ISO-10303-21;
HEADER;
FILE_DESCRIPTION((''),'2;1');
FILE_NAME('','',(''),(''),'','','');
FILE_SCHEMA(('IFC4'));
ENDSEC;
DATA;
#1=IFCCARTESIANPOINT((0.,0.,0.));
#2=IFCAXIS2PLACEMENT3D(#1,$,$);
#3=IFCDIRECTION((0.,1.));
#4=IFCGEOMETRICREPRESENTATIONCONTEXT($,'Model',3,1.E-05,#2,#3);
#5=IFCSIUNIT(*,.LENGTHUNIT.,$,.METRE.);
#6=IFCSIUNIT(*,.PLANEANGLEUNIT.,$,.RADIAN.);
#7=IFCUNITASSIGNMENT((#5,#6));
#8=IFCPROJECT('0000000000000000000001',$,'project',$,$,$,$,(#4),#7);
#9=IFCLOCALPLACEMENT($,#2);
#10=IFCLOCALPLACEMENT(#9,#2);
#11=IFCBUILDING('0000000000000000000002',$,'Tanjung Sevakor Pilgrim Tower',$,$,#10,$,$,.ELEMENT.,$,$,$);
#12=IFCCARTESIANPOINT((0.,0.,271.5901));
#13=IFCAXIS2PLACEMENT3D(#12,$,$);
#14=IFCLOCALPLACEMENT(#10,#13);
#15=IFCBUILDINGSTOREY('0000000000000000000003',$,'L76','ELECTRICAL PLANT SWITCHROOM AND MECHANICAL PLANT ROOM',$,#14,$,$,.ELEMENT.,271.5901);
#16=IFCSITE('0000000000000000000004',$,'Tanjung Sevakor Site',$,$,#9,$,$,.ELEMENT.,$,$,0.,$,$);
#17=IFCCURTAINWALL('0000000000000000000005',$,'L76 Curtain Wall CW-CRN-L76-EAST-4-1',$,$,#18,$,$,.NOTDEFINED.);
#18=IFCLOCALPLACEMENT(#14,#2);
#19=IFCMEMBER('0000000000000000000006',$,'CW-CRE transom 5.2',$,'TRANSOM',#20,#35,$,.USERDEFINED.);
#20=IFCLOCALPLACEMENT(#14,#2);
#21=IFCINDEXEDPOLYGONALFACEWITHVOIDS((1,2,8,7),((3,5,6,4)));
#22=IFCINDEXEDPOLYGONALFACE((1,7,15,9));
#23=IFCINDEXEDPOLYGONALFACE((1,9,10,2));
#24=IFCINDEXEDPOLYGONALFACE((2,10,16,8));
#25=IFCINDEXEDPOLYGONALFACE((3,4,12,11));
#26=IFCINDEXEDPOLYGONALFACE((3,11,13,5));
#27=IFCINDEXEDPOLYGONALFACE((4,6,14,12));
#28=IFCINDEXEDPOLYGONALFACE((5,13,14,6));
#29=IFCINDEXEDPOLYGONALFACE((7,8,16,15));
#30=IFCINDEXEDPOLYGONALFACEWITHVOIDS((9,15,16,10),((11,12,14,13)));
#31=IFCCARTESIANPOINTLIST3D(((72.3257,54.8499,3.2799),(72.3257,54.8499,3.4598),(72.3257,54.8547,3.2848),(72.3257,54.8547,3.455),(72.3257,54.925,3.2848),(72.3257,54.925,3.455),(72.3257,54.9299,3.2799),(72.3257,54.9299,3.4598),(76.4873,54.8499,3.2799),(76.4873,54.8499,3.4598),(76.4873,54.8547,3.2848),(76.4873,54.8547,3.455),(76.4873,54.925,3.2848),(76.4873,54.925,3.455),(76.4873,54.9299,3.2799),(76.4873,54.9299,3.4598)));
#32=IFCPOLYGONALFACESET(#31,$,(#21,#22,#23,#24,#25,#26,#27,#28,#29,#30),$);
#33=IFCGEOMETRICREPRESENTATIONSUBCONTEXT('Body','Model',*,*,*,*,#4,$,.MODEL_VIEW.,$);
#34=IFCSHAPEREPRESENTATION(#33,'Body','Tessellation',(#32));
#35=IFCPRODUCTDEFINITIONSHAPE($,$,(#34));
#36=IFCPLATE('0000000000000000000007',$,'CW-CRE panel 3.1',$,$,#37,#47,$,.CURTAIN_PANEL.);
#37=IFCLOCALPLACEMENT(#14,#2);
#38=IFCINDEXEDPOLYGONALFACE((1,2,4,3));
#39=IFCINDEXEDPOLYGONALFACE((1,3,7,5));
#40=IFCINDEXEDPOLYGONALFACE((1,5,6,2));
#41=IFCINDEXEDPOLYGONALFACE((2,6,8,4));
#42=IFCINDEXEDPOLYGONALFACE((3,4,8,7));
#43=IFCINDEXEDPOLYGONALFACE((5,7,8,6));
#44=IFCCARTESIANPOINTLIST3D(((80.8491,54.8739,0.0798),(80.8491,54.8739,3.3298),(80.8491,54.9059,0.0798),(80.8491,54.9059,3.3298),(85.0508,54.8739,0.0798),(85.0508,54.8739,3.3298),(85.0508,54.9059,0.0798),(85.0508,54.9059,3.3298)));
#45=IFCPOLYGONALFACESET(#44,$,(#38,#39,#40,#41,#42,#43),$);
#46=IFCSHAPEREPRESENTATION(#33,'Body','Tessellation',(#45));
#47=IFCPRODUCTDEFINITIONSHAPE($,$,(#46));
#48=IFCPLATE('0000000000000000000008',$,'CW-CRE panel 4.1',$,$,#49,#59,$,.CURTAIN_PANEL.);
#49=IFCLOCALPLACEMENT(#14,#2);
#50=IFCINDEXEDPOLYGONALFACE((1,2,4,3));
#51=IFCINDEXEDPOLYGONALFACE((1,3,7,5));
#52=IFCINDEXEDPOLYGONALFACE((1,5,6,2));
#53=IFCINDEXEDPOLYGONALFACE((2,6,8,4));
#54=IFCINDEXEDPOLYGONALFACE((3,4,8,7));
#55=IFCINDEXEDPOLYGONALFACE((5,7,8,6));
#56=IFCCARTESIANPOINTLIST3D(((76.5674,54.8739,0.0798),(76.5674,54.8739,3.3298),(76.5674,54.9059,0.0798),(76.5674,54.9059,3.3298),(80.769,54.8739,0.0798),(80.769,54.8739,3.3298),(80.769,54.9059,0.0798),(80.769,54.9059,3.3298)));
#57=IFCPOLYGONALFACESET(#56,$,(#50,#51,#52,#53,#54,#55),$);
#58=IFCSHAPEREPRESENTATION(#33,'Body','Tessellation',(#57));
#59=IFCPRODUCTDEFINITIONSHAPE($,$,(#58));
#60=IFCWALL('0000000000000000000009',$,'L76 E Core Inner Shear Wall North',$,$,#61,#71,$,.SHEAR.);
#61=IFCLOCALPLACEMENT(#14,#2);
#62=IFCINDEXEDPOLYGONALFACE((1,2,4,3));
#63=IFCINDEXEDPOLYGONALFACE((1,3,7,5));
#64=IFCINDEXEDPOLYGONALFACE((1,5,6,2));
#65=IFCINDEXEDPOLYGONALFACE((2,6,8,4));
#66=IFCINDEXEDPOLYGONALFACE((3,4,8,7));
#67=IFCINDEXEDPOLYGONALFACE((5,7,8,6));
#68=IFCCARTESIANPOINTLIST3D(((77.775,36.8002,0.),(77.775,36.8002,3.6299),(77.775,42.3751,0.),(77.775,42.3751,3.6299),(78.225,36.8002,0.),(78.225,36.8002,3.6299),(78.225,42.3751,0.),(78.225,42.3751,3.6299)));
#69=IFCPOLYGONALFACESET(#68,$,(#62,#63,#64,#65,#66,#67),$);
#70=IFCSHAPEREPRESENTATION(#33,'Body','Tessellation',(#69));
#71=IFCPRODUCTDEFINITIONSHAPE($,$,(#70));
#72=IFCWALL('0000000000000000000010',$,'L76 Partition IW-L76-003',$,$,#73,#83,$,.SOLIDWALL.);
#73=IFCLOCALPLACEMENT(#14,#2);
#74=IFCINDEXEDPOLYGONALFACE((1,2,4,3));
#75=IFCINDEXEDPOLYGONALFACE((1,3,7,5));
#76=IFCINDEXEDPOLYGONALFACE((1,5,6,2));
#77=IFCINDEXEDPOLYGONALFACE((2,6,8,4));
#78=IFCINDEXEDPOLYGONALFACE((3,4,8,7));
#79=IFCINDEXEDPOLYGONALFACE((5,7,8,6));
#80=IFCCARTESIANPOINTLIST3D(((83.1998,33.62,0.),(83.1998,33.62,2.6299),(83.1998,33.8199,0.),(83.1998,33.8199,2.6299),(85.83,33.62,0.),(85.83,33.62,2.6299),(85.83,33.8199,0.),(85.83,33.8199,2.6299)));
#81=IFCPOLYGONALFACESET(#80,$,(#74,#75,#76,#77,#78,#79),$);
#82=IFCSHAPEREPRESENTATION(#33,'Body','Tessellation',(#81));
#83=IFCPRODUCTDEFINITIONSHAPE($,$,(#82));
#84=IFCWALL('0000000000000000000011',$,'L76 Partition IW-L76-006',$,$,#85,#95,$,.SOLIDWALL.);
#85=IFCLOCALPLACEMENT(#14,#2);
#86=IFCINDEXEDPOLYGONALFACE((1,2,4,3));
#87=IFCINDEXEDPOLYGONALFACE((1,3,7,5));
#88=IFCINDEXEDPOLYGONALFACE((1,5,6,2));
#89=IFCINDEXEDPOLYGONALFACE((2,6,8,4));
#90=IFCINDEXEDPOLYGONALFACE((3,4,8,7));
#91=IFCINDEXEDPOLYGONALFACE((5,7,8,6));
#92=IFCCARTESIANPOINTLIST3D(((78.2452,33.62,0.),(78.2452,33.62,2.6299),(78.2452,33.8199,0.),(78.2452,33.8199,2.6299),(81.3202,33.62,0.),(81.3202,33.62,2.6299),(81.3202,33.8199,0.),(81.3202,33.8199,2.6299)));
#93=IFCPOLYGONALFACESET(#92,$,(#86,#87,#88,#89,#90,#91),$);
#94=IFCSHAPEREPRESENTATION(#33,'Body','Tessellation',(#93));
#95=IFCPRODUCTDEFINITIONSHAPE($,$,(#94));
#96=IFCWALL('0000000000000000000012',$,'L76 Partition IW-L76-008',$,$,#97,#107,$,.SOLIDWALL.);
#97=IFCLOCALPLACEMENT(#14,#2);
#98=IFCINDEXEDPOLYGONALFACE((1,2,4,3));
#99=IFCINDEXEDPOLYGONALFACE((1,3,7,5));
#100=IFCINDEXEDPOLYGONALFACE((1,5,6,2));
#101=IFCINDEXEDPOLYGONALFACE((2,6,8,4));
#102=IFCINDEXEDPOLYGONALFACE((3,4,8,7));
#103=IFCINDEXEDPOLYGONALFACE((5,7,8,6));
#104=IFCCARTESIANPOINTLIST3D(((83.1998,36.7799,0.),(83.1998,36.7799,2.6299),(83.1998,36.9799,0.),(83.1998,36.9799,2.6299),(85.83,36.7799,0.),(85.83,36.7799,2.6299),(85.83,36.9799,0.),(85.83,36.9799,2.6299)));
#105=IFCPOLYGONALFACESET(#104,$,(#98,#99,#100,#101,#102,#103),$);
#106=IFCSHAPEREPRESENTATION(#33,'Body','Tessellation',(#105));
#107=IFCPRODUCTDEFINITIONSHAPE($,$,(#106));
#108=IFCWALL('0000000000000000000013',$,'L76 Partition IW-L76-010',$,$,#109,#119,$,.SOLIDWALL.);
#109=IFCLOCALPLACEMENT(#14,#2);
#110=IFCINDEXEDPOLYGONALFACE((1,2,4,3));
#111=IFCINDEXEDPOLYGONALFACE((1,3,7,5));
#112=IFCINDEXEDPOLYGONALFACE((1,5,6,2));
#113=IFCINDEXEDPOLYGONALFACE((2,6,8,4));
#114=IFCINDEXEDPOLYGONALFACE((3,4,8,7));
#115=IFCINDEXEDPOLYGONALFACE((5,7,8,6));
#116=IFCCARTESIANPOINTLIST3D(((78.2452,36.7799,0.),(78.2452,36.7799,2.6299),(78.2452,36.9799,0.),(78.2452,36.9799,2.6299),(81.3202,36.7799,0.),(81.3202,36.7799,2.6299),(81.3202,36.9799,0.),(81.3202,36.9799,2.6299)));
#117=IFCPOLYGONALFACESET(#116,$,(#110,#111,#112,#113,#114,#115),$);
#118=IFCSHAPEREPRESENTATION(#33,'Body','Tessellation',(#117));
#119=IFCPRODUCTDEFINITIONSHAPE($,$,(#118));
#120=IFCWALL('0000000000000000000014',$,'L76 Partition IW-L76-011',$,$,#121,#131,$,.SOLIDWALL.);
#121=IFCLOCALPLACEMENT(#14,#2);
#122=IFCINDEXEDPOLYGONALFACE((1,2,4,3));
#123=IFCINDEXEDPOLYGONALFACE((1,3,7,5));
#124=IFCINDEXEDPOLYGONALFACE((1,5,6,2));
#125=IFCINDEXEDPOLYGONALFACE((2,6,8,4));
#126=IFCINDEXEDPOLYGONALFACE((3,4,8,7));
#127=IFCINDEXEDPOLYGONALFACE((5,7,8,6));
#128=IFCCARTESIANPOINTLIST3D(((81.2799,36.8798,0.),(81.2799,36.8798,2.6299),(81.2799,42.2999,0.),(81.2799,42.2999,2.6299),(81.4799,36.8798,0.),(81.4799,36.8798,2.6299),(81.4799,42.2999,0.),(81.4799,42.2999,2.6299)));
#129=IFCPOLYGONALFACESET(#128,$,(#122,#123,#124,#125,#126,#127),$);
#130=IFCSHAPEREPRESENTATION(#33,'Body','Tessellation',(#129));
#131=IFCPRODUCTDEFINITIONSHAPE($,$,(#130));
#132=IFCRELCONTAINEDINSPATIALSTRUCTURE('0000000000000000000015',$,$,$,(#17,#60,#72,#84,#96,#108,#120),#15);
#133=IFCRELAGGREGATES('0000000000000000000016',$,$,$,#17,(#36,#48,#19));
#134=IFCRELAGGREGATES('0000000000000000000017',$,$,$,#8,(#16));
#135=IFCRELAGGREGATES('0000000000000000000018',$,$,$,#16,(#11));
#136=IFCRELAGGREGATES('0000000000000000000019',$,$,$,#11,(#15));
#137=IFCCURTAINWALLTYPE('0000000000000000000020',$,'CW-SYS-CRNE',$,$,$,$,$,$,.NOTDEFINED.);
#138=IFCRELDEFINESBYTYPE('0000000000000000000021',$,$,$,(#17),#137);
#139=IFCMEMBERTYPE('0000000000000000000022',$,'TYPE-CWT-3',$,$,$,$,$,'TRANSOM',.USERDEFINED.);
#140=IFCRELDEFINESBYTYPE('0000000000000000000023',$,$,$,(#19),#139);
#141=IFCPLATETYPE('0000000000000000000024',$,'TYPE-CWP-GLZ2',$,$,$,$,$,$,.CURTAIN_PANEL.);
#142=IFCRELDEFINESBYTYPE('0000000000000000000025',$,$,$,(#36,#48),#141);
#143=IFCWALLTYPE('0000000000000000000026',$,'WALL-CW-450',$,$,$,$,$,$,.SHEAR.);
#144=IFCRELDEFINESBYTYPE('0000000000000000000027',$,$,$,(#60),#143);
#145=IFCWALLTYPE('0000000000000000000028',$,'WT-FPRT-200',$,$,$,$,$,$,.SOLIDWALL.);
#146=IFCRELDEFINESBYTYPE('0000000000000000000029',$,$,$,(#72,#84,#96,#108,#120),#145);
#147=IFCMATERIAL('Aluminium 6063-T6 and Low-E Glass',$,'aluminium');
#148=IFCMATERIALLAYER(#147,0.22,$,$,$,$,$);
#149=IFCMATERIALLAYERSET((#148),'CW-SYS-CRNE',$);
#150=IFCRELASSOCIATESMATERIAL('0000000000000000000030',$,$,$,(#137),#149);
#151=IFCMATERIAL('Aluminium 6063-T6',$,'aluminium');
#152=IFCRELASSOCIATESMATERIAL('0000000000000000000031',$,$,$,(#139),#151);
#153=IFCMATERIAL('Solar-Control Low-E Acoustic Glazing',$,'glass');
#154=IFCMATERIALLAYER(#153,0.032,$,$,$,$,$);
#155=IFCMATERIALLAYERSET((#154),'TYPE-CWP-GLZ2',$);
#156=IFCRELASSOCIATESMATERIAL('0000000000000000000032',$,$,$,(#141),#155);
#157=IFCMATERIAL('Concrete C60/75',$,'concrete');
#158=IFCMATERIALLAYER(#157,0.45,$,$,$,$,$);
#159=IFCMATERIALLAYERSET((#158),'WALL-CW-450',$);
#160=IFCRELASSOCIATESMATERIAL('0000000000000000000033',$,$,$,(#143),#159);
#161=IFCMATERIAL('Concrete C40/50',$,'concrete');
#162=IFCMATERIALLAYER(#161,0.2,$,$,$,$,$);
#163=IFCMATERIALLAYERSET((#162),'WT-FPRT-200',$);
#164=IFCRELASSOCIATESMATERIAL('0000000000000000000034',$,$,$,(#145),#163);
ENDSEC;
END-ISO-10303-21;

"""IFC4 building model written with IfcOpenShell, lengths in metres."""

from ifc_helpers import new_model, si_unit, direction, frame, frame_2d, origin, origin_2d, place, context, subcontext, project, spatial, rectangle, hollow_rectangle, extrude, material, layer, layer_set, material_profile, profile_set, type_object, element, aggregate, save


model = new_model("IFC4")

# Units and contexts
model_context = context("Model", 3, precision=1e-05, world=origin(), true_north=direction((0.0, 1.0)))
body_context = subcontext(model_context, "Body", "Model", "MODEL_VIEW")
ifc_project = project(units=[si_unit("LENGTHUNIT", "METRE"), si_unit("PLANEANGLEUNIT", "RADIAN")], contexts=[model_context])

# Site, building, storey
site_placement = place(None, origin())
site = spatial("IfcSite", under=ifc_project, at=site_placement, Name="Tanjung Sevakor Site", CompositionType="ELEMENT", RefElevation=0.0)
building_placement = place(site_placement, origin())
building = spatial("IfcBuilding", under=site, at=building_placement, Name="Tanjung Sevakor Pilgrim Tower", CompositionType="ELEMENT")
storey_placement = place(building_placement, frame((0.0, 0.0, 271.5901)))
storey = spatial("IfcBuildingStorey", under=building, at=storey_placement, Name="L76", Description="ELECTRICAL PLANT SWITCHROOM AND MECHANICAL PLANT ROOM", CompositionType="ELEMENT", Elevation=271.5901)

# Curtain wall, member, plates
ifc_material_1 = material(Name="Aluminium 6063-T6 and Low-E Glass", Category="aluminium")
ifc_layer_1 = layer(ifc_material_1, 0.22)
ifc_layer_set_1 = layer_set([ifc_layer_1], Name="CW-SYS-CRNE")
curtain_wall_type = type_object("IfcCurtainWallType", Name="CW-SYS-CRNE", PredefinedType="NOTDEFINED", material=ifc_layer_set_1)
curtain_wall_placement = place(storey_placement, origin())
curtain_wall = element("IfcCurtainWall", 1, at=curtain_wall_placement, inside=storey, type_object=curtain_wall_type, Name="L76 Curtain Wall CW-CRN-L76-EAST-4-1", PredefinedType="NOTDEFINED")
ifc_material_2 = material(Name="Aluminium 6063-T6", Category="aluminium")
ifc_material_profile_1 = material_profile(ifc_material_2, hollow_rectangle(XDim=0.0801, YDim=0.1799, WallThickness=0.0049, at=origin_2d()))
ifc_profile_set_1 = profile_set([ifc_material_profile_1], Name="Aluminium 6063-T6")
member_type_1 = type_object("IfcMemberType", Name="TYPE-CWT-3", ElementType="TRANSOM", PredefinedType="USERDEFINED", material=ifc_profile_set_1)
member_1_placement = place(storey_placement, frame((76.4873, 54.8899, 3.3699), z_axis=(-1.0, 0.0, 0.0), x_axis=(0.0, -1.0, 0.0)))
member_1 = element("IfcMember", 2, at=member_1_placement, type_object=member_type_1, Name="CW-CRE transom 5.2", ObjectType="TRANSOM", PredefinedType="USERDEFINED", context=body_context, shape_type="SweptSolid", body=[
    extrude(hollow_rectangle(XDim=0.0801, YDim=0.1799, WallThickness=0.0049, at=origin_2d()), origin(), (0.0, 0.0, 1.0), 4.1616),
])
ifc_material_3 = material(Name="Solar-Control Low-E Acoustic Glazing", Category="glass")
ifc_layer_2 = layer(ifc_material_3, 0.032)
ifc_layer_set_2 = layer_set([ifc_layer_2], Name="TYPE-CWP-GLZ2")
plate_type = type_object("IfcPlateType", Name="TYPE-CWP-GLZ2", PredefinedType="CURTAIN_PANEL", material=ifc_layer_set_2)
plate_1_placement = place(storey_placement, frame((82.95, 54.8899, 0.0798), z_axis=(0.0, 0.0, 1.0), x_axis=(-1.0, 0.0, 0.0)))
plate_1 = element("IfcPlate", 3, at=plate_1_placement, type_object=plate_type, Name="CW-CRE panel 3.1", PredefinedType="CURTAIN_PANEL", context=body_context, shape_type="SweptSolid", body=[
    extrude(rectangle(XDim=4.2017, YDim=0.032, at=origin_2d()), origin(), (0.0, 0.0, 1.0), 3.25),
])
plate_2_placement = place(storey_placement, frame((78.6682, 54.8899, 0.0798), z_axis=(0.0, 0.0, 1.0), x_axis=(-1.0, 0.0, 0.0)))
plate_2 = element("IfcPlate", 4, at=plate_2_placement, type_object=plate_type, Name="CW-CRE panel 4.1", PredefinedType="CURTAIN_PANEL", context=body_context, shape_type="SweptSolid", body=[
    extrude(rectangle(XDim=4.2017, YDim=0.032, at=origin_2d()), origin(), (0.0, 0.0, 1.0), 3.25),
])
aggregate(curtain_wall, [plate_1, plate_2, member_1])

# Walls
ifc_material_4 = material(Name="Concrete C60/75", Category="concrete")
ifc_layer_3 = layer(ifc_material_4, 0.45)
ifc_layer_set_3 = layer_set([ifc_layer_3], Name="WALL-CW-450")
wall_type_1 = type_object("IfcWallType", Name="WALL-CW-450", PredefinedType="SHEAR", material=ifc_layer_set_3)
wall_1_placement = place(storey_placement, frame((78.0, 36.8, 0.0), z_axis=(0.0, 0.0, 1.0), x_axis=(0.0, 1.0, 0.0)))
element("IfcWall", 5, at=wall_1_placement, inside=storey, type_object=wall_type_1, Name="L76 E Core Inner Shear Wall North", PredefinedType="SHEAR", context=body_context, shape_type="SweptSolid", body=[
    extrude(rectangle(XDim=5.575, YDim=0.45, at=frame_2d((2.7876, 0.0))), origin(), (0.0, 0.0, 1.0), 3.6299),
])
ifc_material_5 = material(Name="Concrete C40/50", Category="concrete")
ifc_layer_4 = layer(ifc_material_5, 0.2)
ifc_layer_set_4 = layer_set([ifc_layer_4], Name="WT-FPRT-200")
wall_type_2 = type_object("IfcWallType", Name="WT-FPRT-200", PredefinedType="SOLIDWALL", material=ifc_layer_set_4)
wall_2_placement = place(storey_placement, frame((83.2, 33.72, 0.0), z_axis=(0.0, 0.0, 1.0), x_axis=(1.0, 0.0, 0.0)))
element("IfcWall", 6, at=wall_2_placement, inside=storey, type_object=wall_type_2, Name="L76 Partition IW-L76-003", PredefinedType="SOLIDWALL", context=body_context, shape_type="SweptSolid", body=[
    extrude(rectangle(XDim=2.6301, YDim=0.2, at=frame_2d((1.3149, 0.0))), origin(), (0.0, 0.0, 1.0), 2.6299),
])
wall_3_placement = place(storey_placement, frame((78.2451, 33.72, 0.0), z_axis=(0.0, 0.0, 1.0), x_axis=(1.0, 0.0, 0.0)))
element("IfcWall", 7, at=wall_3_placement, inside=storey, type_object=wall_type_2, Name="L76 Partition IW-L76-006", PredefinedType="SOLIDWALL", context=body_context, shape_type="SweptSolid", body=[
    extrude(rectangle(XDim=3.075, YDim=0.2, at=frame_2d((1.5376, 0.0))), origin(), (0.0, 0.0, 1.0), 2.6299),
])
wall_4_placement = place(storey_placement, frame((83.2, 36.8799, 0.0), z_axis=(0.0, 0.0, 1.0), x_axis=(1.0, 0.0, 0.0)))
element("IfcWall", 8, at=wall_4_placement, inside=storey, type_object=wall_type_2, Name="L76 Partition IW-L76-008", PredefinedType="SOLIDWALL", context=body_context, shape_type="SweptSolid", body=[
    extrude(rectangle(XDim=2.6301, YDim=0.2, at=frame_2d((1.3149, 0.0))), origin(), (0.0, 0.0, 1.0), 2.6299),
])

# Walls
wall_5_placement = place(storey_placement, frame((78.2451, 36.8799, 0.0), z_axis=(0.0, 0.0, 1.0), x_axis=(1.0, 0.0, 0.0)))
element("IfcWall", 9, at=wall_5_placement, inside=storey, type_object=wall_type_2, Name="L76 Partition IW-L76-010", PredefinedType="SOLIDWALL", context=body_context, shape_type="SweptSolid", body=[
    extrude(rectangle(XDim=3.075, YDim=0.2, at=frame_2d((1.5376, 0.0))), origin(), (0.0, 0.0, 1.0), 2.6299),
])
wall_6_placement = place(storey_placement, frame((81.3799, 36.8799, 0.0), z_axis=(0.0, 0.0, 1.0), x_axis=(0.0, 1.0, 0.0)))
element("IfcWall", 10, at=wall_6_placement, inside=storey, type_object=wall_type_2, Name="L76 Partition IW-L76-011", PredefinedType="SOLIDWALL", context=body_context, shape_type="SweptSolid", body=[
    extrude(rectangle(XDim=5.4202, YDim=0.2, at=frame_2d((2.71, 0.0))), origin(), (0.0, 0.0, 1.0), 2.6299),
])

save(model, "model.ifc")
